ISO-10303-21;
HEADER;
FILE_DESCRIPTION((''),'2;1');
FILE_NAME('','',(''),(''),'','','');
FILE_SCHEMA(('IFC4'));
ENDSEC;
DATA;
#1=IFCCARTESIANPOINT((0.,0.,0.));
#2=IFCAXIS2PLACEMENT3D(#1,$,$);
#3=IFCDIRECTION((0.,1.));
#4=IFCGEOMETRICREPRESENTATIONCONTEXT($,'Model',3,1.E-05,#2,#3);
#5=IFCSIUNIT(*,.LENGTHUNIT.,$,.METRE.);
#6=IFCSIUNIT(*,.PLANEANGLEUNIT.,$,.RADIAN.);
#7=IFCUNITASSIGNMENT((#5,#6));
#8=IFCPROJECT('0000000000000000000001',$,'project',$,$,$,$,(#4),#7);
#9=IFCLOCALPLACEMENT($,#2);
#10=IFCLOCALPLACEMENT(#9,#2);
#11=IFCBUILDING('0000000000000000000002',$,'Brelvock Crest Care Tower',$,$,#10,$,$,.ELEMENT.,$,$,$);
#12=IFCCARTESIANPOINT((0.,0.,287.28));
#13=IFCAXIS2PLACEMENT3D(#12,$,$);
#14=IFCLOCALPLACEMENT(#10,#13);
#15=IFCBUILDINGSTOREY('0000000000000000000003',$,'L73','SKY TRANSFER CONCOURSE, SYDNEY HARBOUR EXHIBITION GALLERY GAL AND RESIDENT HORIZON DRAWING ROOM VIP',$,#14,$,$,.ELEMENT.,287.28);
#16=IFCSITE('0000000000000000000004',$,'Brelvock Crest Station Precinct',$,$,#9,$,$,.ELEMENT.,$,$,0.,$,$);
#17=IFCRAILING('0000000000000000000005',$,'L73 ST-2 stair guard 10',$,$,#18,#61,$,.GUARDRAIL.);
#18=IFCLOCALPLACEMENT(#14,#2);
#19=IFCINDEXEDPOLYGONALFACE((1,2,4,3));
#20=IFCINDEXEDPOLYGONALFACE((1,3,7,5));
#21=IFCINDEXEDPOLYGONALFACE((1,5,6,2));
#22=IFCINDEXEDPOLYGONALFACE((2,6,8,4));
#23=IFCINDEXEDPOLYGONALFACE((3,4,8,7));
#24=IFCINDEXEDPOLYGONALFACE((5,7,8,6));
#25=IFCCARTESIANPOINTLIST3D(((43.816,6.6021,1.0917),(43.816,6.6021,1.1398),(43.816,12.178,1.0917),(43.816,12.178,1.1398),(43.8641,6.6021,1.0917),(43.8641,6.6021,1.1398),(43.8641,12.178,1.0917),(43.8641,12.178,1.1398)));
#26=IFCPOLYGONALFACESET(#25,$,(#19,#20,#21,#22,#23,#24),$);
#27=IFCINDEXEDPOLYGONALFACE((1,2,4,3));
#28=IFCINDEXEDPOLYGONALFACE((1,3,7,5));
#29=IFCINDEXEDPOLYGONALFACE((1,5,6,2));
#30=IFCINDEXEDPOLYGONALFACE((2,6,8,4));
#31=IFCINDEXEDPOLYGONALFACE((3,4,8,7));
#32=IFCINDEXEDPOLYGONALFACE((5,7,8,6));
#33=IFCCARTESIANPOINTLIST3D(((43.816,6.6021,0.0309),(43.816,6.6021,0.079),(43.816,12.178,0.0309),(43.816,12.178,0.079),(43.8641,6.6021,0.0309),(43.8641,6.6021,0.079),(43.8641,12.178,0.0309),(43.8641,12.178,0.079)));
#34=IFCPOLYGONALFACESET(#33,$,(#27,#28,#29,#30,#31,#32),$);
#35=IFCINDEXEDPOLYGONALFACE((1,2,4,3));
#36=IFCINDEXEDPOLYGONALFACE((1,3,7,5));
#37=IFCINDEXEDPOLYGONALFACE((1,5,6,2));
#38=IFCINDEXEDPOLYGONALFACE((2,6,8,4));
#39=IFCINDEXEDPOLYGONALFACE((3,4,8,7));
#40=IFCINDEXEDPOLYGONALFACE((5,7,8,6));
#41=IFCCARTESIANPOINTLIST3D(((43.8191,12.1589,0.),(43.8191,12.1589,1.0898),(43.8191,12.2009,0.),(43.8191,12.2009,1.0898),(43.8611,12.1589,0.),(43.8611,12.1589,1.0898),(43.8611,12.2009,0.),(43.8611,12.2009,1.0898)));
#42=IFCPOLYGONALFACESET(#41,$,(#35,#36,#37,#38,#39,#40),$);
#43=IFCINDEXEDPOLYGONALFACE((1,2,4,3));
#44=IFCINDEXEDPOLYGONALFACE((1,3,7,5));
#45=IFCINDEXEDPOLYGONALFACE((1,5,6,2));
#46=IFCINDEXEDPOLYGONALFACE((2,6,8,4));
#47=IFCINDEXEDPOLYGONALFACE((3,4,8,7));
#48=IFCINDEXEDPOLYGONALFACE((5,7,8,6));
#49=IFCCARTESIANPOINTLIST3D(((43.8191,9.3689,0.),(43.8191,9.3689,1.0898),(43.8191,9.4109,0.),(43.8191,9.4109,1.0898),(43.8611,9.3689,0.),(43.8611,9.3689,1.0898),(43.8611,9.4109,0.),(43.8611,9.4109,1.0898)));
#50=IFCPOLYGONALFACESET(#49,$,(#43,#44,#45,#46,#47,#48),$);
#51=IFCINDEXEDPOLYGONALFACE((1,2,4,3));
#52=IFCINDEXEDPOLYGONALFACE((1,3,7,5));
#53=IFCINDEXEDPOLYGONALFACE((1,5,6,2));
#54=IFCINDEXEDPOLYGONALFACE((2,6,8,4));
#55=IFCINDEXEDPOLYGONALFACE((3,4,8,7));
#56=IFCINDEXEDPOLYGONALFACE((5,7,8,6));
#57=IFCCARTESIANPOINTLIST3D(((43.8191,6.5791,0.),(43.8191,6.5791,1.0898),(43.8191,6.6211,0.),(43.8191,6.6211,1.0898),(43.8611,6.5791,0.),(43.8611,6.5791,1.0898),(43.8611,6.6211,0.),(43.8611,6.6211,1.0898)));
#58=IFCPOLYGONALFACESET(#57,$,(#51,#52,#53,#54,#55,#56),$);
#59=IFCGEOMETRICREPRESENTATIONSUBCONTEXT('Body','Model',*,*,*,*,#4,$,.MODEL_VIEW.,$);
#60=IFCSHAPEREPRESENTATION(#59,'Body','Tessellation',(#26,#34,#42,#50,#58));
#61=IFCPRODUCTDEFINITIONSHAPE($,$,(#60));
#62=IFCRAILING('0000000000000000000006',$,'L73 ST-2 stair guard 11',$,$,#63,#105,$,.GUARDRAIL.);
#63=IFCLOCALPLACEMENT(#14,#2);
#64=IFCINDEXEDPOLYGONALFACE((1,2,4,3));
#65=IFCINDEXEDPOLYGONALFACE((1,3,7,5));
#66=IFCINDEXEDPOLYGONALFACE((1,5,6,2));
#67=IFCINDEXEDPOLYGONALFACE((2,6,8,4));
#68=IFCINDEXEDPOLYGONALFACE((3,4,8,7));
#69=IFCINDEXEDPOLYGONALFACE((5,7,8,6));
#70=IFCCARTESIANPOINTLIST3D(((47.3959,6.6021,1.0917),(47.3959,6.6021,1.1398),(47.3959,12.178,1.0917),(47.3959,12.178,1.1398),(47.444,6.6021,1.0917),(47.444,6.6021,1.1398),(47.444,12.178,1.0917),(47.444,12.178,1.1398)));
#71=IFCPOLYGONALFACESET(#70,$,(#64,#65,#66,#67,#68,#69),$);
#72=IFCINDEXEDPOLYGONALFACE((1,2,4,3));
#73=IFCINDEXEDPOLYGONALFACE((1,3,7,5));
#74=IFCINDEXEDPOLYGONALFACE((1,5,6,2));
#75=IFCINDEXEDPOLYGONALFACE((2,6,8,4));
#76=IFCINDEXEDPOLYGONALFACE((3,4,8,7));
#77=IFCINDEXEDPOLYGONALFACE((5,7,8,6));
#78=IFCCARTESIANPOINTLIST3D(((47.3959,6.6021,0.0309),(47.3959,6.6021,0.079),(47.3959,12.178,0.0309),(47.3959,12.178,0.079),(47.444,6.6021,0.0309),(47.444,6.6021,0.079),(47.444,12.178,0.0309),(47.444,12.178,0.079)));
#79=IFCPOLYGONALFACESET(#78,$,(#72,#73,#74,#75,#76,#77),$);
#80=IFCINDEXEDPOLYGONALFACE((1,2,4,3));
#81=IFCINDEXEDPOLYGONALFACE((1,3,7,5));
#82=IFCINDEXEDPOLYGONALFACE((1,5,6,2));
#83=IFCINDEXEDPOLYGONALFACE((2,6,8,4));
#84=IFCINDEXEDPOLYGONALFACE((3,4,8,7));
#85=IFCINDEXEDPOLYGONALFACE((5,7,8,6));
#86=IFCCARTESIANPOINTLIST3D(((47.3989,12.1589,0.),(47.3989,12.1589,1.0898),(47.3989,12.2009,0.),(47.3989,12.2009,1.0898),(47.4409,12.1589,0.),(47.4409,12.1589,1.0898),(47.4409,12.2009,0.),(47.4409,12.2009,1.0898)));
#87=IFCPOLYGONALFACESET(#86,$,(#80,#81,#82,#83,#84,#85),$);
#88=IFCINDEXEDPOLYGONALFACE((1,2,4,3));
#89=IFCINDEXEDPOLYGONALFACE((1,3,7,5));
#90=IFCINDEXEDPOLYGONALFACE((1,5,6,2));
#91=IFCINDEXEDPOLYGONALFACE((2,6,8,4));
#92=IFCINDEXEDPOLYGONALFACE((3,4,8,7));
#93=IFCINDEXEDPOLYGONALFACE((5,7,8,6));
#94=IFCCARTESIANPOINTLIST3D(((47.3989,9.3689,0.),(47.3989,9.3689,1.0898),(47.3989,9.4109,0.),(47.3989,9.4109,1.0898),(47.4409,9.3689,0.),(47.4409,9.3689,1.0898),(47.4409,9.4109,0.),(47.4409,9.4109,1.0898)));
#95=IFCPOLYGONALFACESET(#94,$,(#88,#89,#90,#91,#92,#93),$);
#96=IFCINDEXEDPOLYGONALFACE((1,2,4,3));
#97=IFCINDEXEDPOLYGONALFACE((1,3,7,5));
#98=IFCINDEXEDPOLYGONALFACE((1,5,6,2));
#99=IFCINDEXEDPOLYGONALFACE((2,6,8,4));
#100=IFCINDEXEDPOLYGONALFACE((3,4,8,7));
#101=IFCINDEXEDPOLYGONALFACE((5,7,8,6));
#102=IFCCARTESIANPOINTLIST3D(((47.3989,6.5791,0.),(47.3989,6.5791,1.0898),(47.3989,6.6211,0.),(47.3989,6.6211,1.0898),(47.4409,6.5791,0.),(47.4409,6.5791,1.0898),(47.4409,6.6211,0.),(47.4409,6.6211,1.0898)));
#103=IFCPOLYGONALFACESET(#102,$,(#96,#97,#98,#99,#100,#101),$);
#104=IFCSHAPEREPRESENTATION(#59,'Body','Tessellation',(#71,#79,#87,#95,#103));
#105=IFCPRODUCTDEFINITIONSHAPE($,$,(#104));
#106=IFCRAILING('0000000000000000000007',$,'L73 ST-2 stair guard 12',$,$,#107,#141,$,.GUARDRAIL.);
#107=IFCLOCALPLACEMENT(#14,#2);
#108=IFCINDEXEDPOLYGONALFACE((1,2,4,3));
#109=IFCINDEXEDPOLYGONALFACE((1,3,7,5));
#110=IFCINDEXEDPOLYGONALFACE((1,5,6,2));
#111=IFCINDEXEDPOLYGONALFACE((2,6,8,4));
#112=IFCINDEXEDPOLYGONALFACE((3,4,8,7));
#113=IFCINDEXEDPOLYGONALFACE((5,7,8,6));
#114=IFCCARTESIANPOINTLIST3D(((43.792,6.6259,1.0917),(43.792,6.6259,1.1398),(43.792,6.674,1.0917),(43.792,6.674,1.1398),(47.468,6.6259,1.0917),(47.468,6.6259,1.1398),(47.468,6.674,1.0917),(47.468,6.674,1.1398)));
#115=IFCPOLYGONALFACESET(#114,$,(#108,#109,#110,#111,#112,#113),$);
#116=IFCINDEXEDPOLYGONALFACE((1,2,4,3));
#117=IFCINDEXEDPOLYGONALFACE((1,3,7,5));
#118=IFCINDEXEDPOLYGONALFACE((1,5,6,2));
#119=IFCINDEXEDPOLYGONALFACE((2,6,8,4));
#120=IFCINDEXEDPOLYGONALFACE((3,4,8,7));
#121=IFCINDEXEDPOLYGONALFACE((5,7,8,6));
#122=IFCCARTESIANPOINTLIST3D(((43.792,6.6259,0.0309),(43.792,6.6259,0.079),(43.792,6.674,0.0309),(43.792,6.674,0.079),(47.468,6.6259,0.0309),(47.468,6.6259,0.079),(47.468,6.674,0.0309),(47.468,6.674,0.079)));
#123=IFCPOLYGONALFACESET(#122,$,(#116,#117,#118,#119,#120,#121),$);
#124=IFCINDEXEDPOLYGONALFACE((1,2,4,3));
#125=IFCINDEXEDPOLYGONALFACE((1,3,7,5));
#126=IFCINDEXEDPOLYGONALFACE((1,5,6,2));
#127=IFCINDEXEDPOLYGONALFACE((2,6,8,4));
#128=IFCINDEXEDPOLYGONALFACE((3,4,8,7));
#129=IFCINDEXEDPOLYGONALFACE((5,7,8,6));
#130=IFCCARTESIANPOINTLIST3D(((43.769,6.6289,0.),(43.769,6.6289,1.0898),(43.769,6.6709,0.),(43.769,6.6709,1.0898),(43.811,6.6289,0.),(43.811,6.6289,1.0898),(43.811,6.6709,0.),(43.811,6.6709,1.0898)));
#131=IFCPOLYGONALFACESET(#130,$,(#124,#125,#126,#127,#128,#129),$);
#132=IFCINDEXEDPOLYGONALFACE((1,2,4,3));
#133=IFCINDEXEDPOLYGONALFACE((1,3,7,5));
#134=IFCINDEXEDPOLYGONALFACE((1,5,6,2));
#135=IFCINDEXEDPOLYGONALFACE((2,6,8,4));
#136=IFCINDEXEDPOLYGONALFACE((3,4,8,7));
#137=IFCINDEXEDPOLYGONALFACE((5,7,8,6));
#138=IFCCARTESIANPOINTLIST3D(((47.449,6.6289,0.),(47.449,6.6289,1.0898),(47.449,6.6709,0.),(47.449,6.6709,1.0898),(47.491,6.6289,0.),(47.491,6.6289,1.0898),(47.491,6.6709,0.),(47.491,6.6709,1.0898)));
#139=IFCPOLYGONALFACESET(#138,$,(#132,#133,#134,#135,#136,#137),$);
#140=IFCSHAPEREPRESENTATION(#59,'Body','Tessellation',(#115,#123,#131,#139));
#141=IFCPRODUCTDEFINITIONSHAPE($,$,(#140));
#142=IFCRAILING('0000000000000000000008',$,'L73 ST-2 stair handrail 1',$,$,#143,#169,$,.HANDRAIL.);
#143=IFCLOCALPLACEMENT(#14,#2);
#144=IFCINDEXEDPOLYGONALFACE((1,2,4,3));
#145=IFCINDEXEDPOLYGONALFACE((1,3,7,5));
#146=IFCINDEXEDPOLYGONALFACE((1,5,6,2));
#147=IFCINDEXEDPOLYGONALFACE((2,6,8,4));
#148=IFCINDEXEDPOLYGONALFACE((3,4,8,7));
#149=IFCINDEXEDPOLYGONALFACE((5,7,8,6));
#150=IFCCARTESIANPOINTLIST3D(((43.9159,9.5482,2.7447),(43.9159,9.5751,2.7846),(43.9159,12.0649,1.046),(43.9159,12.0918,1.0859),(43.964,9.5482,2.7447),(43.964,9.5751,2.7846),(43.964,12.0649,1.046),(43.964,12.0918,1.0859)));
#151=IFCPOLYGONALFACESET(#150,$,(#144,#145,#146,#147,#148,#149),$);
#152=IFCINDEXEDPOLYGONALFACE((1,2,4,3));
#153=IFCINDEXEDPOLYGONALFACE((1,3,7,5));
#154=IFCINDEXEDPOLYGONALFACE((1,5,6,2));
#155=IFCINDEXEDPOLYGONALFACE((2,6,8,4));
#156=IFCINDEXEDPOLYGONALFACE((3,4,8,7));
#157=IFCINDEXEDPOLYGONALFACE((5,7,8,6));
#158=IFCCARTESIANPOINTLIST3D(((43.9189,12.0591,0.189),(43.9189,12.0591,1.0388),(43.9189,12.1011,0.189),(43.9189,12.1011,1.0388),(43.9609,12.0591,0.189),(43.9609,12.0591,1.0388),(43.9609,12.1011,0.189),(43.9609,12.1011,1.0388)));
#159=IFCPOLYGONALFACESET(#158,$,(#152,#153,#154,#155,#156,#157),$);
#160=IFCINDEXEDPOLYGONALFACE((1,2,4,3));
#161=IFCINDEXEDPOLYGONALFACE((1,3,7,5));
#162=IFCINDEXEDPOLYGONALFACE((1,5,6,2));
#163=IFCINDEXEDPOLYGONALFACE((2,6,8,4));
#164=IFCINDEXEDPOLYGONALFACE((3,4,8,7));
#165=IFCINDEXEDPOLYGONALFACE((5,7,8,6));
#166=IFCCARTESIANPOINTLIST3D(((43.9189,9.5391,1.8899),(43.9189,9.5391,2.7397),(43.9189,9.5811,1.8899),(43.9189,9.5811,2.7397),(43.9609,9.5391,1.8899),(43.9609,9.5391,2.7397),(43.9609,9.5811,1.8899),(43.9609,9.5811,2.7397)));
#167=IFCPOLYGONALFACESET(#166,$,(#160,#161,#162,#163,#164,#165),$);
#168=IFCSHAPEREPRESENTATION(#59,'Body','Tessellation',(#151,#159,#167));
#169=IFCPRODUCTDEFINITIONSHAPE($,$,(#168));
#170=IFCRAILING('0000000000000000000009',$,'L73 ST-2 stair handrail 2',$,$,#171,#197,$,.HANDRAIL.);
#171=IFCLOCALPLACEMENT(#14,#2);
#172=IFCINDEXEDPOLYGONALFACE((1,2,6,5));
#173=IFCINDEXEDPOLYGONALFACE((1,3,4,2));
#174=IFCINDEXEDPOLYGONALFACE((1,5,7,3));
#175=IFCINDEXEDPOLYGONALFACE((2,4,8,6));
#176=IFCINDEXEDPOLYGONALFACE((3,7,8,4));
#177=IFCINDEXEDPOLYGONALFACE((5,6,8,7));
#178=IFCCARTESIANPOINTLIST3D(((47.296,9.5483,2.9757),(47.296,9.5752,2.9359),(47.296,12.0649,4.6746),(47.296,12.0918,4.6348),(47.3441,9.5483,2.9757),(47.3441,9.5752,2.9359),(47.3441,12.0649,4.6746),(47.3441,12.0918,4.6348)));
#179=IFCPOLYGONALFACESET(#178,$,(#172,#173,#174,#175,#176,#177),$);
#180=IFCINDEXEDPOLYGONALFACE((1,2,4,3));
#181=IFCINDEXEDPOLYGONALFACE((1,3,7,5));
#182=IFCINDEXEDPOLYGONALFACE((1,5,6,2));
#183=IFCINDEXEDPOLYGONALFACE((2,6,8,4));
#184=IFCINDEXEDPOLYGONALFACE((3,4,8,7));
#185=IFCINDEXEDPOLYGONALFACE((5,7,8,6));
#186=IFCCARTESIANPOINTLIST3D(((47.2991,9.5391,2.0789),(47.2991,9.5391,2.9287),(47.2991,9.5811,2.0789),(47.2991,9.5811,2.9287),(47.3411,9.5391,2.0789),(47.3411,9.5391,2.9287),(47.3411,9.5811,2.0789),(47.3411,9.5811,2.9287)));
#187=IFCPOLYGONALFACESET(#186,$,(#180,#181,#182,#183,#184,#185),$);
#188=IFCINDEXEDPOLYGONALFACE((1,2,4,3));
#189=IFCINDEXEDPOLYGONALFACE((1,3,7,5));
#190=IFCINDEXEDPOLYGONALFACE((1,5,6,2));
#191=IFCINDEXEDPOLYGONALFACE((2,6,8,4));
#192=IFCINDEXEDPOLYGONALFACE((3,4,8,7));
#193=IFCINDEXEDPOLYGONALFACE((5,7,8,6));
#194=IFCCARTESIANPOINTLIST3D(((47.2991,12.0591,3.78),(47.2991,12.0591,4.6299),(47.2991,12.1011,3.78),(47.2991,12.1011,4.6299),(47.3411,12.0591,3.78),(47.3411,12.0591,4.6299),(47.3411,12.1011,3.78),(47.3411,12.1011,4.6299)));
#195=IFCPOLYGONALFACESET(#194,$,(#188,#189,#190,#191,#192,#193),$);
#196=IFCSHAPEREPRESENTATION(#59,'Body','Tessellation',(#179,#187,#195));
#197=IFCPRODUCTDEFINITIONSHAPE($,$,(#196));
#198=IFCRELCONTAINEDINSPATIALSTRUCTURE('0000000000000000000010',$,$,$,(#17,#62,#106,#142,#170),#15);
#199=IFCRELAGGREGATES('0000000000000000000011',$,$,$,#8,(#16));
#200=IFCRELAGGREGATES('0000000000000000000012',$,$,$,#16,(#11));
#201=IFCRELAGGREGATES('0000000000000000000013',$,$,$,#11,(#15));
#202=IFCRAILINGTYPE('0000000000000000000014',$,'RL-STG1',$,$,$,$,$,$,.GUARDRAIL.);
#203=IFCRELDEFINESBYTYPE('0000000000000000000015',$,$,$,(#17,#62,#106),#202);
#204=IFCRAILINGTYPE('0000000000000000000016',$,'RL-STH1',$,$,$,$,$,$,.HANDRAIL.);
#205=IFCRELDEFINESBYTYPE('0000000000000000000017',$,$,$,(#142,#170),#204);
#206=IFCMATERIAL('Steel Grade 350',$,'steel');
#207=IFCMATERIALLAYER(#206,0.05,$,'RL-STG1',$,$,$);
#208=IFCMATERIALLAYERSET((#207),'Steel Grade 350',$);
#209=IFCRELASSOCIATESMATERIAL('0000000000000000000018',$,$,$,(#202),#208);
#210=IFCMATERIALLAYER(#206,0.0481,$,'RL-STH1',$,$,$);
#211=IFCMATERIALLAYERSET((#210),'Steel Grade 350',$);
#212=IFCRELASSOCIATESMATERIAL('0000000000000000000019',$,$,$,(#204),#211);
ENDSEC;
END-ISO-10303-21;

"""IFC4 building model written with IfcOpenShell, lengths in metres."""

from ifc_helpers import new_model, si_unit, direction, frame, origin, origin_2d, place, context, subcontext, project, spatial, rectangle, extrude, material, layer, layer_set, type_object, element, save


model = new_model("IFC4")

# Units and contexts
model_context = context("Model", 3, precision=1e-05, world=origin(), true_north=direction((0.0, 1.0)))
body_context = subcontext(model_context, "Body", "Model", "MODEL_VIEW")
ifc_project = project(units=[si_unit("LENGTHUNIT", "METRE"), si_unit("PLANEANGLEUNIT", "RADIAN")], contexts=[model_context])

# Site, building, storey
site_placement = place(None, origin())
site = spatial("IfcSite", under=ifc_project, at=site_placement, Name="Brelvock Crest Station Precinct", CompositionType="ELEMENT", RefElevation=0.0)
building_placement = place(site_placement, origin())
building = spatial("IfcBuilding", under=site, at=building_placement, Name="Brelvock Crest Care Tower", CompositionType="ELEMENT")
storey_placement = place(building_placement, frame((0.0, 0.0, 287.28)))
storey = spatial("IfcBuildingStorey", under=building, at=storey_placement, Name="L73", Description="SKY TRANSFER CONCOURSE, SYDNEY HARBOUR EXHIBITION GALLERY GAL AND RESIDENT HORIZON DRAWING ROOM VIP", CompositionType="ELEMENT", Elevation=287.28)

# Shared definitions
ifc_material_1 = material(Name="Steel Grade 350", Category="steel")

# Railings
ifc_layer_1 = layer(ifc_material_1, 0.05, Name="RL-STG1")
ifc_layer_set_1 = layer_set([ifc_layer_1], Name="Steel Grade 350")
railing_type_1 = type_object("IfcRailingType", Name="RL-STG1", PredefinedType="GUARDRAIL", material=ifc_layer_set_1)
for number, where, name in (
    (1, (43.8401, 12.1799, 0.0), "L73 ST-2 stair guard 10"),
    (2, (47.4199, 12.1799, 0.0), "L73 ST-2 stair guard 11"),
):
    element("IfcRailing", number, at=place(storey_placement, frame(where)), inside=storey, type_object=railing_type_1, Name=name, PredefinedType="GUARDRAIL", context=body_context, shape_type="SweptSolid", body=[
        extrude(rectangle(XDim=0.0481, YDim=0.0481, at=origin_2d()), frame((0.0, -0.002, 1.1157), z_axis=(0.0, -1.0, 0.0), x_axis=(1.0, 0.0, 0.0)), (0.0, 0.0, 1.0), 5.5759),
        extrude(rectangle(XDim=0.0481, YDim=0.0481, at=origin_2d()), frame((0.0, -0.002, 0.0549), z_axis=(0.0, -1.0, 0.0), x_axis=(1.0, 0.0, 0.0)), (0.0, 0.0, 1.0), 5.5759),
        extrude(rectangle(XDim=0.042, YDim=0.042, at=origin_2d()), origin(), (0.0, 0.0, 1.0), 1.0898),
        extrude(rectangle(XDim=0.042, YDim=0.042, at=origin_2d()), frame((0.0, -2.79, 0.0)), (0.0, 0.0, 1.0), 1.0898),
        extrude(rectangle(XDim=0.042, YDim=0.042, at=origin_2d()), frame((0.0, -5.5798, 0.0)), (0.0, 0.0, 1.0), 1.0898),
    ])
railing_1_placement = place(storey_placement, frame((43.79, 6.6499, 0.0)))
element("IfcRailing", 3, at=railing_1_placement, inside=storey, type_object=railing_type_1, Name="L73 ST-2 stair guard 12", PredefinedType="GUARDRAIL", context=body_context, shape_type="SweptSolid", body=[
    extrude(rectangle(XDim=0.0481, YDim=0.0481, at=origin_2d()), frame((0.002, 0.0, 1.1157), z_axis=(1.0, 0.0, 0.0), x_axis=(0.0, 1.0, 0.0)), (0.0, 0.0, 1.0), 3.676),
    extrude(rectangle(XDim=0.0481, YDim=0.0481, at=origin_2d()), frame((0.002, 0.0, 0.0549), z_axis=(1.0, 0.0, 0.0), x_axis=(0.0, 1.0, 0.0)), (0.0, 0.0, 1.0), 3.676),
    extrude(rectangle(XDim=0.042, YDim=0.042, at=origin_2d()), origin(), (0.0, 0.0, 1.0), 1.0898),
    extrude(rectangle(XDim=0.042, YDim=0.042, at=origin_2d()), frame((3.6799, 0.0, 0.0)), (0.0, 0.0, 1.0), 1.0898),
])
ifc_layer_2 = layer(ifc_material_1, 0.0481, Name="RL-STH1")
ifc_layer_set_2 = layer_set([ifc_layer_2], Name="Steel Grade 350")
railing_type_2 = type_object("IfcRailingType", Name="RL-STH1", PredefinedType="HANDRAIL", material=ifc_layer_set_2)
railing_2_placement = place(storey_placement, frame((43.9399, 12.0801, 0.189)))
element("IfcRailing", 4, at=railing_2_placement, inside=storey, type_object=railing_type_2, Name="L73 ST-2 stair handrail 1", PredefinedType="HANDRAIL", context=body_context, shape_type="SweptSolid", body=[
    extrude(rectangle(XDim=0.0481, YDim=0.0481, at=origin_2d()), frame((0.0, -0.0017, 0.877), z_axis=(0.0, -0.828862, 0.559454), x_axis=(1.0, 0.0, 0.0)), (0.0, 0.0, 1.0), 3.0364),
    extrude(rectangle(XDim=0.042, YDim=0.042, at=origin_2d()), origin(), (0.0, 0.0, 1.0), 0.8499),
    extrude(rectangle(XDim=0.042, YDim=0.042, at=origin_2d()), frame((0.0, -2.52, 1.7009)), (0.0, 0.0, 1.0), 0.8499),
])
railing_3_placement = place(storey_placement, frame((47.3201, 9.5601, 2.0789)))
element("IfcRailing", 5, at=railing_3_placement, inside=storey, type_object=railing_type_2, Name="L73 ST-2 stair handrail 2", PredefinedType="HANDRAIL", context=body_context, shape_type="SweptSolid", body=[
    extrude(rectangle(XDim=0.0481, YDim=0.0481, at=origin_2d()), frame((0.0, 0.0017, 0.877), z_axis=(0.0, 0.828824, 0.559509), x_axis=(-1.0, 0.0, 0.0)), (0.0, 0.0, 1.0), 3.0364),
    extrude(rectangle(XDim=0.042, YDim=0.042, at=origin_2d()), origin(), (0.0, 0.0, 1.0), 0.8499),
    extrude(rectangle(XDim=0.042, YDim=0.042, at=origin_2d()), frame((0.0, 2.52, 1.7012)), (0.0, 0.0, 1.0), 0.8499),
])

save(model, "model.ifc")
